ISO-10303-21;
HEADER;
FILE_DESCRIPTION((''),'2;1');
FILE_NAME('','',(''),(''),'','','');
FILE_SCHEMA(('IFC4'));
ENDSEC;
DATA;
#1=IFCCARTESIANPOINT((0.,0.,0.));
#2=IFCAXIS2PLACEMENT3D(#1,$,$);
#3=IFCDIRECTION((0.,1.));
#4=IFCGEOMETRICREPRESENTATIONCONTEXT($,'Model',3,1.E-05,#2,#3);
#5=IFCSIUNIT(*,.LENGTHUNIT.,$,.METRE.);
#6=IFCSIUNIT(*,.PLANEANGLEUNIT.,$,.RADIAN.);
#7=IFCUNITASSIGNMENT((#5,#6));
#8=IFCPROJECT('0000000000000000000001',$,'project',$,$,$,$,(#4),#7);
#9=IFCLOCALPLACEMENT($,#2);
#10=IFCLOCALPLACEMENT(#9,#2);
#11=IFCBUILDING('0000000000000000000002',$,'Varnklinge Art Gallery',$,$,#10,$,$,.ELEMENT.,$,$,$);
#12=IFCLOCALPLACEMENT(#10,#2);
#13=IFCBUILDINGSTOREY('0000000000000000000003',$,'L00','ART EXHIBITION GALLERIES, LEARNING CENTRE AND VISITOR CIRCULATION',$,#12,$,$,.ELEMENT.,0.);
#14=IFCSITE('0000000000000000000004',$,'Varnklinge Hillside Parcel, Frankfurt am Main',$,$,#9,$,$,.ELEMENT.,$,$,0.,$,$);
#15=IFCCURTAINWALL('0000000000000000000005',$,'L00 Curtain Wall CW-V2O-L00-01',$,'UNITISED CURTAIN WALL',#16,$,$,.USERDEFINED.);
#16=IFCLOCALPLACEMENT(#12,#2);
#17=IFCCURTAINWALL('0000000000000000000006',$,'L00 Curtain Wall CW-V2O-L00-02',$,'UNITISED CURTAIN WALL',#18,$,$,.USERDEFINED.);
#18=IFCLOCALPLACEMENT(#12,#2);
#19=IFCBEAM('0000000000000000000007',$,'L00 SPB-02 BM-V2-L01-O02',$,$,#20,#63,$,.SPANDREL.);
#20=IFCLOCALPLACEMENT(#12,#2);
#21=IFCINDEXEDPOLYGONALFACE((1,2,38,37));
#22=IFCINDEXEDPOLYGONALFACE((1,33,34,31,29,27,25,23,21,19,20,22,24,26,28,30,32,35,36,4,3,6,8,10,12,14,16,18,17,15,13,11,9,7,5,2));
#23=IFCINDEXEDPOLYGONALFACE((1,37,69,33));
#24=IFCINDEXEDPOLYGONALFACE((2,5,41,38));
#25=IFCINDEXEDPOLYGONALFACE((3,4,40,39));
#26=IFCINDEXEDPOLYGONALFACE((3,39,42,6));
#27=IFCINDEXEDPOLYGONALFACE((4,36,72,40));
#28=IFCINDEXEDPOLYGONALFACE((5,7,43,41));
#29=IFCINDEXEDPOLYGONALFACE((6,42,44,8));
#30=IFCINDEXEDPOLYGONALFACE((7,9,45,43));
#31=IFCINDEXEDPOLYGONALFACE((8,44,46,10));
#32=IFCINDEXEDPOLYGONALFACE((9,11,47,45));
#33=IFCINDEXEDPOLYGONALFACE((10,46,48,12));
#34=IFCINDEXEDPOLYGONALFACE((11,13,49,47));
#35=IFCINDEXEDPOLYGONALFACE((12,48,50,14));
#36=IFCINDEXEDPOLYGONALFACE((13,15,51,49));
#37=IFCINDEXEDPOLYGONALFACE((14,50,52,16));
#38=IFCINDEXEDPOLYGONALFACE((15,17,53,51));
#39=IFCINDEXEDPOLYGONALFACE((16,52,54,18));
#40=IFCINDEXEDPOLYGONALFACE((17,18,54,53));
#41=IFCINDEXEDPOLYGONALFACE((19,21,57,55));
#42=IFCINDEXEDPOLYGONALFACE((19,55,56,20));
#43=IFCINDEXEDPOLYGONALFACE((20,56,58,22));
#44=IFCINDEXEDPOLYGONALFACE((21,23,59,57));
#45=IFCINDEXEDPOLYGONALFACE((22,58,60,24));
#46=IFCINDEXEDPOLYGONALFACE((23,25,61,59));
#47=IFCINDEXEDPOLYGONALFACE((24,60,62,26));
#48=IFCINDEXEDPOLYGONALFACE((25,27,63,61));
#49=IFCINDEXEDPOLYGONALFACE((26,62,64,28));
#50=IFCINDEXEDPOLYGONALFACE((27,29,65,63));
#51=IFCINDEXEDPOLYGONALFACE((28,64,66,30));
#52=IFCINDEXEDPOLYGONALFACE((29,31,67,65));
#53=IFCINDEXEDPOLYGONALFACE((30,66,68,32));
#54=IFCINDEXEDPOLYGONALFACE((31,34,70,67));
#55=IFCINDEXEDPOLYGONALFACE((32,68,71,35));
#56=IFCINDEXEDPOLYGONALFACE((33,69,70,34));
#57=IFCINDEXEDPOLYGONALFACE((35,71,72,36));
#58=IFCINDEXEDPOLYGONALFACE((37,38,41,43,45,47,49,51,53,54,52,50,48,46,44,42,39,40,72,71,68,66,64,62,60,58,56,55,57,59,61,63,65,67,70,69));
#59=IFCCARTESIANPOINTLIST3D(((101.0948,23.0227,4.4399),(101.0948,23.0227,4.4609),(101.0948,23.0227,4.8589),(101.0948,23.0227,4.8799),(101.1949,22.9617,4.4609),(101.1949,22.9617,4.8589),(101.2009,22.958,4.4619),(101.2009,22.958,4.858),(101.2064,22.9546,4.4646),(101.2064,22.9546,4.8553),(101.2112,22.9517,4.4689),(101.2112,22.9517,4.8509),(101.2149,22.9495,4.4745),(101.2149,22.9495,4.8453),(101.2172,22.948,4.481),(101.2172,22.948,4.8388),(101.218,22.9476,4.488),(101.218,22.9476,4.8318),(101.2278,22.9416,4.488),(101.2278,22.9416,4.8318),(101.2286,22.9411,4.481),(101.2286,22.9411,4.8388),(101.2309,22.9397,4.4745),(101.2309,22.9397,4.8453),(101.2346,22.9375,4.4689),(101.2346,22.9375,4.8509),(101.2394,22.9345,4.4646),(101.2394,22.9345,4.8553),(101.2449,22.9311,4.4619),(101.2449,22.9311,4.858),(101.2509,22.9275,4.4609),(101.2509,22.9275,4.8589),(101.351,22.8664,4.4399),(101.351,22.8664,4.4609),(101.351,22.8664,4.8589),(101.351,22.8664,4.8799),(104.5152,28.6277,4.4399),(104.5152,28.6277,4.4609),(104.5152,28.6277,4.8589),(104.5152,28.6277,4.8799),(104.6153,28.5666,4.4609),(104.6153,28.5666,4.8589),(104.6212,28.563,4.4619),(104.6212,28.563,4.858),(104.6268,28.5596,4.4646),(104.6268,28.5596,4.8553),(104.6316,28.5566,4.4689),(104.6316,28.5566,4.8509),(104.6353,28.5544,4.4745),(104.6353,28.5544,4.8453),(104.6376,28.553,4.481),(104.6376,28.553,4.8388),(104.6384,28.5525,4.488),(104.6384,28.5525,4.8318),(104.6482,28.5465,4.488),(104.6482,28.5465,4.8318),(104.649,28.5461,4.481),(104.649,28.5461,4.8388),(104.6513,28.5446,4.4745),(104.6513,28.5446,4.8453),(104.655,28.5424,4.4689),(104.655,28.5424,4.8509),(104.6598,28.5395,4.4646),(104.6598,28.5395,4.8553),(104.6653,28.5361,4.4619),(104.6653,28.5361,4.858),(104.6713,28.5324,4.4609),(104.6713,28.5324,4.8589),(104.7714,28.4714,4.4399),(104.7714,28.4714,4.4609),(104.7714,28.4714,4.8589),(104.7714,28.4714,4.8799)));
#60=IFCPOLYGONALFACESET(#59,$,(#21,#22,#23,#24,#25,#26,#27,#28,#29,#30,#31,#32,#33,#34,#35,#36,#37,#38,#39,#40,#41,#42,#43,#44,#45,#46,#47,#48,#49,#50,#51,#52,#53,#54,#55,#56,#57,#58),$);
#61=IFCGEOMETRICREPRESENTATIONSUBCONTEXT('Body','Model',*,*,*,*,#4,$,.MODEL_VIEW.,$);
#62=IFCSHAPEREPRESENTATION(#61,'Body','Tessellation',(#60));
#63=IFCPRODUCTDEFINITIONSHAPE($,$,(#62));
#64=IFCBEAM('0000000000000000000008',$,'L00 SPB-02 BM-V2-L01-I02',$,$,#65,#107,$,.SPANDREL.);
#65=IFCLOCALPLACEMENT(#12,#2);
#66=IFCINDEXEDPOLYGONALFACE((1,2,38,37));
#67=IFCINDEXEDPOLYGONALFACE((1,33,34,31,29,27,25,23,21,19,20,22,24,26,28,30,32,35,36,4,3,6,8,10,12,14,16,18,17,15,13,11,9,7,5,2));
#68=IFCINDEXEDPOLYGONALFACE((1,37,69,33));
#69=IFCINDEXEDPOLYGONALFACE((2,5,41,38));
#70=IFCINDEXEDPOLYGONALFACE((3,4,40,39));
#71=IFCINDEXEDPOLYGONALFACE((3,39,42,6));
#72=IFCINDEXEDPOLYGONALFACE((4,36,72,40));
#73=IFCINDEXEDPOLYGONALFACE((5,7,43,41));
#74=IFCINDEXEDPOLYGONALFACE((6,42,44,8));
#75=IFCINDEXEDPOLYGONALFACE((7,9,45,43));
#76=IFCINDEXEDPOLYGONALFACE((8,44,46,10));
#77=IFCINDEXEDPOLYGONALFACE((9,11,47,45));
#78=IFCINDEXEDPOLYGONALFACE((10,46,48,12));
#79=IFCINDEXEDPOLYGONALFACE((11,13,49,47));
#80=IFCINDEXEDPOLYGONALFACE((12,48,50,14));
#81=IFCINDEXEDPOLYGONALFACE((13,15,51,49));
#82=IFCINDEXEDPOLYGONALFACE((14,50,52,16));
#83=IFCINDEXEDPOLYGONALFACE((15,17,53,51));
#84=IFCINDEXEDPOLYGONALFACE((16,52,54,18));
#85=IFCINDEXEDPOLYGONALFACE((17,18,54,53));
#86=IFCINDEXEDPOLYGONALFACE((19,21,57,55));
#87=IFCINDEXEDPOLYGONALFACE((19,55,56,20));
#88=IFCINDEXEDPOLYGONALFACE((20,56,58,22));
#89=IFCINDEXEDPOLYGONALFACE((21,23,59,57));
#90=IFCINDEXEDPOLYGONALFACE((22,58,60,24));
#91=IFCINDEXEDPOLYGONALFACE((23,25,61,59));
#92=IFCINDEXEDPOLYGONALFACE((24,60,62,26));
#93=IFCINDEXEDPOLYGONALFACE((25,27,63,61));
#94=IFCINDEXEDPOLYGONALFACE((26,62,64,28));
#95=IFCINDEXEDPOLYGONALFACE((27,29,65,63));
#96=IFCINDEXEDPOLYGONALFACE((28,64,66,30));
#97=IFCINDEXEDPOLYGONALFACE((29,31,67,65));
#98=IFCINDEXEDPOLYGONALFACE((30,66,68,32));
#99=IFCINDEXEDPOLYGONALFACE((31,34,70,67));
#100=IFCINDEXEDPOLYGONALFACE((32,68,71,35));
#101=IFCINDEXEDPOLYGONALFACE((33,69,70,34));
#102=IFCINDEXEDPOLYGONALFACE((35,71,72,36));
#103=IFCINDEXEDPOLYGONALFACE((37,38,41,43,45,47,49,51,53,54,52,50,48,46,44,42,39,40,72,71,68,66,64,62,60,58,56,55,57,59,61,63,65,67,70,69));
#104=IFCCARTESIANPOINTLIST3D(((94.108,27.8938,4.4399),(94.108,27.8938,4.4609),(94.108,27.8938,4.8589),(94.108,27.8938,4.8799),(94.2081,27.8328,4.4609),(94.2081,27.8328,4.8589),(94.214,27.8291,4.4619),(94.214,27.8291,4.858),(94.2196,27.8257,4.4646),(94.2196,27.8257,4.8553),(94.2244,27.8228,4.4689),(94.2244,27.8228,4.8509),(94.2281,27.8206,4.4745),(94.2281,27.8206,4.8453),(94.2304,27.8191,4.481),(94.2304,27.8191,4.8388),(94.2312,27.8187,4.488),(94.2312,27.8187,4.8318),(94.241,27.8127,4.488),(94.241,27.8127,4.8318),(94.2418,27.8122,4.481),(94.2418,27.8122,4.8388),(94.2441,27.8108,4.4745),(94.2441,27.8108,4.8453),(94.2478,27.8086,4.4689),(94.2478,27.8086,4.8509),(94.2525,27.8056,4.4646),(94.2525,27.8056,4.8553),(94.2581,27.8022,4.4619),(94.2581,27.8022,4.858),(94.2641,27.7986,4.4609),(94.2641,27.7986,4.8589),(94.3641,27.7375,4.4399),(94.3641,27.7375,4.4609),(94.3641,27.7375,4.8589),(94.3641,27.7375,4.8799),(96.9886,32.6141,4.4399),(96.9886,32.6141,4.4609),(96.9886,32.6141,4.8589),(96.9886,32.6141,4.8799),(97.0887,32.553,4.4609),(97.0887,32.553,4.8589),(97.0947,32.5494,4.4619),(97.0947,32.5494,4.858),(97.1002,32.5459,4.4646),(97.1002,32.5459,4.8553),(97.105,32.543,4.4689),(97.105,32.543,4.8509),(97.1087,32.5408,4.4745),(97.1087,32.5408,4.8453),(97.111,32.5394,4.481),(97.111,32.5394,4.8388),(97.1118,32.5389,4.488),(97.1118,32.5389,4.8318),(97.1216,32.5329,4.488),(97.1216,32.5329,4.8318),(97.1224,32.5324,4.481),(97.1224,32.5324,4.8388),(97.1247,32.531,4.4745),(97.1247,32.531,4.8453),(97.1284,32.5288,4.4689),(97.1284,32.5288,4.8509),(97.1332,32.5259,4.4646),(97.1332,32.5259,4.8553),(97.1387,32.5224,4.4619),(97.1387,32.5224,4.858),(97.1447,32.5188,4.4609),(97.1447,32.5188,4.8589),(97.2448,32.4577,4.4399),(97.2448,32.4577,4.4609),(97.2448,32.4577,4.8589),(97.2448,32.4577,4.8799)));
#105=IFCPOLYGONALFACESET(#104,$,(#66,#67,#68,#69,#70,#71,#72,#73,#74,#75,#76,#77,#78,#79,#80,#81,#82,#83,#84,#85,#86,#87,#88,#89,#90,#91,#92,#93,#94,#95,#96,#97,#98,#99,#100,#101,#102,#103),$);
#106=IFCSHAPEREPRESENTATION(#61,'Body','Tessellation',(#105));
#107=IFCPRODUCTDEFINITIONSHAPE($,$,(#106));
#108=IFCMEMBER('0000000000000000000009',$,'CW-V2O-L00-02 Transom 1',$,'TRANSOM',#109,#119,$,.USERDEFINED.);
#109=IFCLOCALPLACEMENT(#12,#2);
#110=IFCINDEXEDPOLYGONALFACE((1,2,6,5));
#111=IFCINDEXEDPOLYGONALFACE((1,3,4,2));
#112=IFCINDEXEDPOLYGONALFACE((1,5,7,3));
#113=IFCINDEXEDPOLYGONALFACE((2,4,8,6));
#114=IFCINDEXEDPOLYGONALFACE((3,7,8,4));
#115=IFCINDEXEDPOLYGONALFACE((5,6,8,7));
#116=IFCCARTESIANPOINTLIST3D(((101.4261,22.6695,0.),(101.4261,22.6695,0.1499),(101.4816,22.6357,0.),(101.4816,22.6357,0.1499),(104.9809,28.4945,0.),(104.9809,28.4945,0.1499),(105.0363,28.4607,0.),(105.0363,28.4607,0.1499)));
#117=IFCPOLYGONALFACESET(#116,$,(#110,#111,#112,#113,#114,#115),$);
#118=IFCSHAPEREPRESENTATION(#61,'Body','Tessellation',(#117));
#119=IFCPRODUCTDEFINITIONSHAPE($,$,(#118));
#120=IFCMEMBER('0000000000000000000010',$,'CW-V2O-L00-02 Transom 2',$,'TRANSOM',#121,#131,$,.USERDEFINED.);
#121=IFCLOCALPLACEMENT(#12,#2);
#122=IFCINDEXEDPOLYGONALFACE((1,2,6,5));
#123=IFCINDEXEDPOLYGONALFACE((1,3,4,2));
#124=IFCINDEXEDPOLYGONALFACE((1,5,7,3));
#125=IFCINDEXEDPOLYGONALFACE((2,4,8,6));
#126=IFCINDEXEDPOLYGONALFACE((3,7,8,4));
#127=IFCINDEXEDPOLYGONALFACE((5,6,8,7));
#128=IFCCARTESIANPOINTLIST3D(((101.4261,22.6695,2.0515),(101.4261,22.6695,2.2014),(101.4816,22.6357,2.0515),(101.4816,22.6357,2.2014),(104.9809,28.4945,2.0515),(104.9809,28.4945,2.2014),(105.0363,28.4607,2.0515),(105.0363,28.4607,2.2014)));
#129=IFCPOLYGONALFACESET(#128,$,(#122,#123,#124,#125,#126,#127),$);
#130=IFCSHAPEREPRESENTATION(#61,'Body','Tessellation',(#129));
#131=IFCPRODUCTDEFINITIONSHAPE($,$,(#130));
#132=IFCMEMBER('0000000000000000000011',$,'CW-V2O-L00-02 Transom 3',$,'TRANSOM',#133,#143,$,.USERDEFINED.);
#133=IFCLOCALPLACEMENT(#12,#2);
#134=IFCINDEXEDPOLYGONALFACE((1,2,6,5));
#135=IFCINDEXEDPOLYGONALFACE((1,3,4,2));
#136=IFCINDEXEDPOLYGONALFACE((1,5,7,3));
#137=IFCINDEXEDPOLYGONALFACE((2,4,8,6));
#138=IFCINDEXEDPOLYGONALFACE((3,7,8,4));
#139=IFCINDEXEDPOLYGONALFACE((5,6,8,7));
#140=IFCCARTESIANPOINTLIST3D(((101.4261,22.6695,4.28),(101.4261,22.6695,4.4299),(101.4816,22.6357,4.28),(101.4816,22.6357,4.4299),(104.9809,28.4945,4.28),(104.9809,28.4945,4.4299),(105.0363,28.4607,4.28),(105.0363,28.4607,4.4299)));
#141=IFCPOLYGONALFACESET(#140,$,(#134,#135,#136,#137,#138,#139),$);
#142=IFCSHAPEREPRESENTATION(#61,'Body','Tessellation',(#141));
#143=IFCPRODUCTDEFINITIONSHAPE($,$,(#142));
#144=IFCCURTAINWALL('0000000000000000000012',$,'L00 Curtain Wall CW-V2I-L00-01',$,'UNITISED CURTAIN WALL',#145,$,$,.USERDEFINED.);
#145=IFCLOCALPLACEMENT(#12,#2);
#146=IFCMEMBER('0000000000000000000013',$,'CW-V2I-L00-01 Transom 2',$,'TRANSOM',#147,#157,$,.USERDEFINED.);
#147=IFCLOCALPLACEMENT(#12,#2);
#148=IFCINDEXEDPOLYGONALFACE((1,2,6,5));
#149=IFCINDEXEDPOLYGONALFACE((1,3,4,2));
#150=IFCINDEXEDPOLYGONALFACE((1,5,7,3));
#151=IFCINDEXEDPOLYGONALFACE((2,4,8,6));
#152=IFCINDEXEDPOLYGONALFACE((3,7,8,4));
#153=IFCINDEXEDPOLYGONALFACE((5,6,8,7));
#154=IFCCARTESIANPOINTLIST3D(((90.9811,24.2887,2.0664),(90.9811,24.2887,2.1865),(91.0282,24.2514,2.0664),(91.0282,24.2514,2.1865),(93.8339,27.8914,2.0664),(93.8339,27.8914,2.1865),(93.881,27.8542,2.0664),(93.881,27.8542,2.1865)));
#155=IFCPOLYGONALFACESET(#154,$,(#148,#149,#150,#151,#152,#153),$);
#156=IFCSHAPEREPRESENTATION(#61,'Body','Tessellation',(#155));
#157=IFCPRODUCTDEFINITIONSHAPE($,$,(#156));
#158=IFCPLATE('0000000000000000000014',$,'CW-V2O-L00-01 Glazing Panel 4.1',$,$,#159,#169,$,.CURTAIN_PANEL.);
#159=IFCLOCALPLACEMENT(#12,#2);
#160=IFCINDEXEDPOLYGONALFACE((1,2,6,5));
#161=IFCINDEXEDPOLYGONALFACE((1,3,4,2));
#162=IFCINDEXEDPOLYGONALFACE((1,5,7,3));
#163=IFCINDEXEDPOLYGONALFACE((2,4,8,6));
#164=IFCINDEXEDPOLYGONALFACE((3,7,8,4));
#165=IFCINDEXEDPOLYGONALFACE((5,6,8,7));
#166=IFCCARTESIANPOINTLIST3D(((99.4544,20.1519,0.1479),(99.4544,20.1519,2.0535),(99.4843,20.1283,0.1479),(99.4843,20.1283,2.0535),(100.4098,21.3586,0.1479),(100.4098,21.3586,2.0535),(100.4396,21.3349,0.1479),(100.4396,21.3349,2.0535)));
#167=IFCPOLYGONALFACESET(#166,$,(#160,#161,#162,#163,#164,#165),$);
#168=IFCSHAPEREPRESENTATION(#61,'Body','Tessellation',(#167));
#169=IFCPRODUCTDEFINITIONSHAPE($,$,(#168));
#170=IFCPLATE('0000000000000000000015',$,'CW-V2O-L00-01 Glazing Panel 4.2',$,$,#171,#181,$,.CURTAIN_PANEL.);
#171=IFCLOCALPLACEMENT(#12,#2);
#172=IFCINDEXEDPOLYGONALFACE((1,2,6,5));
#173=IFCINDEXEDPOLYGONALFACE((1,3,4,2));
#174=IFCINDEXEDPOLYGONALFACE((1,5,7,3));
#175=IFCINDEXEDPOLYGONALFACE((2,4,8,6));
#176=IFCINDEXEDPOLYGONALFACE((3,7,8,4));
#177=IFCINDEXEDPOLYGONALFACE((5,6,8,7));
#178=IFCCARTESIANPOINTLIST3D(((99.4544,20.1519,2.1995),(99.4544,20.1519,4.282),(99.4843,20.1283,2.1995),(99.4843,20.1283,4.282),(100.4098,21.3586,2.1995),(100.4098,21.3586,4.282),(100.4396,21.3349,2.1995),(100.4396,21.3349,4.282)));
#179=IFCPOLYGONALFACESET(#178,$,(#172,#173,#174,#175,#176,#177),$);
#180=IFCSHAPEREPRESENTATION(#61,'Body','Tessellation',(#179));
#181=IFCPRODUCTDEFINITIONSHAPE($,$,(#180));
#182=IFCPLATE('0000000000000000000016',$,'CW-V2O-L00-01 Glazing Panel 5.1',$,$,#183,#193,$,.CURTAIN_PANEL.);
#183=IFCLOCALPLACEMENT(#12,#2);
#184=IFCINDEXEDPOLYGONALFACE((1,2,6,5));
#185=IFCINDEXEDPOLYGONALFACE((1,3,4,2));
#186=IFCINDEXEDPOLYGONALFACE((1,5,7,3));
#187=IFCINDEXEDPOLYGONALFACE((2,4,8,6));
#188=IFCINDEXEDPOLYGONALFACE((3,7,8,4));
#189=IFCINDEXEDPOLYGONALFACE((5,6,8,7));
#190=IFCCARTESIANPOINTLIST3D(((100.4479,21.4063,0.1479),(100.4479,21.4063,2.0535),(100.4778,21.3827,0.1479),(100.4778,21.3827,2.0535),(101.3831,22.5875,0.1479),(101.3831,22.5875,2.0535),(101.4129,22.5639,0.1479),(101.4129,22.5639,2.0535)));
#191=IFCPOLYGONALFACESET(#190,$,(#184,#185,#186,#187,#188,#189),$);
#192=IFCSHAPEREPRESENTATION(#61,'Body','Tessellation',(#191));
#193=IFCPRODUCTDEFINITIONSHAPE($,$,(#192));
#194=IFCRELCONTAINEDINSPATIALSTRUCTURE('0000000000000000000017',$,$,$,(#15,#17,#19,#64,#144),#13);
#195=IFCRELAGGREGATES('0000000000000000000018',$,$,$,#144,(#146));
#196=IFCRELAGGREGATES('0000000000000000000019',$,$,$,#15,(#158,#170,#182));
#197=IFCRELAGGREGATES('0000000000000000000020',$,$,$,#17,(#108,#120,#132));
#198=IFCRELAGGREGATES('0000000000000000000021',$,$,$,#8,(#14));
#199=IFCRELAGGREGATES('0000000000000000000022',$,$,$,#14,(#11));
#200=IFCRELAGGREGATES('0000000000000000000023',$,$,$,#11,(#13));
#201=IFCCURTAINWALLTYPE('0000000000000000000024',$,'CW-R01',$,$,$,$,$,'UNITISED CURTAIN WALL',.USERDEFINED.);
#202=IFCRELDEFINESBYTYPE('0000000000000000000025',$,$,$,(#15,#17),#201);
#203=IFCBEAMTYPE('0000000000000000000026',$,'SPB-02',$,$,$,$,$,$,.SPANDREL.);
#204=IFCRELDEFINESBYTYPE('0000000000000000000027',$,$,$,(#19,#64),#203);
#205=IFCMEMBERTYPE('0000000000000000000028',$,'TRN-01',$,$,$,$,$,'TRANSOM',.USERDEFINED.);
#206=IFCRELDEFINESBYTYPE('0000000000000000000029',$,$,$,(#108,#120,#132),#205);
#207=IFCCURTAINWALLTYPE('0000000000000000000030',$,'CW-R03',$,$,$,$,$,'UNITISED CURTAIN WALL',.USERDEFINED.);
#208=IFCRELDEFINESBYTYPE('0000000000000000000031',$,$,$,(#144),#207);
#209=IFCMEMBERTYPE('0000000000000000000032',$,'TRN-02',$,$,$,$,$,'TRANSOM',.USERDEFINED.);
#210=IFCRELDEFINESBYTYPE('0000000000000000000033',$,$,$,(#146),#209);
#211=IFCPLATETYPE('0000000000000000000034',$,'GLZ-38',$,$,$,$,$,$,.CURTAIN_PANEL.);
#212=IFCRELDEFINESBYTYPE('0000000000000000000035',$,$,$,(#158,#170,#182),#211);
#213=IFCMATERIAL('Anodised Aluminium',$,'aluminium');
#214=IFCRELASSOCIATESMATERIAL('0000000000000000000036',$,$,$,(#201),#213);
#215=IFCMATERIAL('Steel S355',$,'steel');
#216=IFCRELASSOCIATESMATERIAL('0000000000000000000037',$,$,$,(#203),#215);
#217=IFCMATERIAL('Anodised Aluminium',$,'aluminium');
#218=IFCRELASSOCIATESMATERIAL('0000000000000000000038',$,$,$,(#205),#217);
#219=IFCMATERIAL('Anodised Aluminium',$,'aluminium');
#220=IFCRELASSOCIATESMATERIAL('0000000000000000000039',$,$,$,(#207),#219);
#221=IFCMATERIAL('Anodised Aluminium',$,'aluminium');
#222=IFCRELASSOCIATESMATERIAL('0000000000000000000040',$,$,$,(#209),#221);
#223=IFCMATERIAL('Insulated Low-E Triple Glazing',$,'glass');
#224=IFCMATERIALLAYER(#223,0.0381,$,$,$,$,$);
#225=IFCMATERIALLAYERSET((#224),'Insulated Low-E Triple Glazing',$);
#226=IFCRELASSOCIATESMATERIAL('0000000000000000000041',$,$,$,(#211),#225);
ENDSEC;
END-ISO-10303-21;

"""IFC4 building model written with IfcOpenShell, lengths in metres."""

from ifc_helpers import new_model, si_unit, direction, frame, origin, origin_2d, place, context, subcontext, project, spatial, rectangle, i_section, extrude, material, layer, layer_set, material_profile, profile_set, type_object, element, aggregate, save


model = new_model("IFC4")

# Units and contexts
model_context = context("Model", 3, precision=1e-05, world=origin(), true_north=direction((0.0, 1.0)))
body_context = subcontext(model_context, "Body", "Model", "MODEL_VIEW")
ifc_project = project(units=[si_unit("LENGTHUNIT", "METRE"), si_unit("PLANEANGLEUNIT", "RADIAN")], contexts=[model_context])

# Site, building, storey
site_placement = place(None, origin())
site = spatial("IfcSite", under=ifc_project, at=site_placement, Name="Varnklinge Hillside Parcel, Frankfurt am Main", CompositionType="ELEMENT", RefElevation=0.0)
building_placement = place(site_placement, origin())
building = spatial("IfcBuilding", under=site, at=building_placement, Name="Varnklinge Art Gallery", CompositionType="ELEMENT")
storey_placement = place(building_placement, origin())
storey = spatial("IfcBuildingStorey", under=building, at=storey_placement, Name="L00", Description="ART EXHIBITION GALLERIES, LEARNING CENTRE AND VISITOR CIRCULATION", CompositionType="ELEMENT", Elevation=0.0)

# Curtain walls
ifc_material_1 = material(Name="Anodised Aluminium", Category="aluminium")
curtain_wall_type_1 = type_object("IfcCurtainWallType", Name="CW-R01", ElementType="UNITISED CURTAIN WALL", PredefinedType="USERDEFINED", material=ifc_material_1)
curtain_wall_1_placement = place(storey_placement, origin())
curtain_wall_1 = element("IfcCurtainWall", 1, at=curtain_wall_1_placement, inside=storey, type_object=curtain_wall_type_1, Name="L00 Curtain Wall CW-V2O-L00-01", ObjectType="UNITISED CURTAIN WALL", PredefinedType="USERDEFINED")
curtain_wall_2_placement = place(storey_placement, origin())
curtain_wall_2 = element("IfcCurtainWall", 2, at=curtain_wall_2_placement, inside=storey, type_object=curtain_wall_type_1, Name="L00 Curtain Wall CW-V2O-L00-02", ObjectType="UNITISED CURTAIN WALL", PredefinedType="USERDEFINED")

# Beams
ifc_material_2 = material(Name="Steel S355", Category="steel")
ifc_material_profile_1 = material_profile(ifc_material_2, i_section(OverallWidth=0.3, OverallDepth=0.4399, WebThickness=0.0115, FlangeThickness=0.021, FilletRadius=0.0271, at=origin_2d()), Name="HEA 450")
ifc_profile_set_1 = profile_set([ifc_material_profile_1], Name="Steel S355")
beam_type_1 = type_object("IfcBeamType", Name="SPB-02", PredefinedType="SPANDREL", material=ifc_profile_set_1)
beam_1_placement = place(storey_placement, frame((101.2229, 22.9446, 4.6599), z_axis=(0.520911, 0.853611, 0.0), x_axis=(-0.853611, 0.520911, 0.0)))
element("IfcBeam", 3, at=beam_1_placement, inside=storey, type_object=beam_type_1, Name="L00 SPB-02 BM-V2-L01-O02", PredefinedType="SPANDREL", context=body_context, shape_type="SweptSolid", body=[
    extrude(i_section(OverallWidth=0.3, OverallDepth=0.4399, WebThickness=0.0115, FlangeThickness=0.021, FilletRadius=0.0271, at=origin_2d()), origin(), (0.0, 0.0, 1.0), 6.5662),
])
beam_2_placement = place(storey_placement, frame((94.2361, 27.8157, 4.6599), z_axis=(0.520928, 0.8536, 0.0), x_axis=(-0.8536, 0.520928, 0.0)))
element("IfcBeam", 4, at=beam_2_placement, inside=storey, type_object=beam_type_1, Name="L00 SPB-02 BM-V2-L01-I02", PredefinedType="SPANDREL", context=body_context, shape_type="SweptSolid", body=[
    extrude(i_section(OverallWidth=0.3, OverallDepth=0.4399, WebThickness=0.0115, FlangeThickness=0.021, FilletRadius=0.0271, at=origin_2d()), origin(), (0.0, 0.0, 1.0), 5.5298),
])

# Members
ifc_material_3 = material(Name="Anodised Aluminium", Category="aluminium")
ifc_material_profile_2 = material_profile(ifc_material_3, rectangle(XDim=0.0649, YDim=0.1499, at=origin_2d()), Name="ALU 65x150")
ifc_profile_set_2 = profile_set([ifc_material_profile_2], Name="Anodised Aluminium")
member_type_1 = type_object("IfcMemberType", Name="TRN-01", ElementType="TRANSOM", PredefinedType="USERDEFINED", material=ifc_profile_set_2)
member_1_placement = place(storey_placement, frame((101.4539, 22.6526, 0.075), z_axis=(0.520916, 0.853608, 0.0), x_axis=(-0.853608, 0.520916, 0.0)))
member_1 = element("IfcMember", 5, at=member_1_placement, type_object=member_type_1, Name="CW-V2O-L00-02 Transom 1", ObjectType="TRANSOM", PredefinedType="USERDEFINED", context=body_context, shape_type="SweptSolid", body=[
    extrude(rectangle(XDim=0.0649, YDim=0.1499, at=origin_2d()), origin(), (0.0, 0.0, 1.0), 6.824),
])
member_2_placement = place(storey_placement, frame((101.4539, 22.6526, 2.1265), z_axis=(0.520916, 0.853608, 0.0), x_axis=(-0.853608, 0.520916, 0.0)))
member_2 = element("IfcMember", 6, at=member_2_placement, type_object=member_type_1, Name="CW-V2O-L00-02 Transom 2", ObjectType="TRANSOM", PredefinedType="USERDEFINED", context=body_context, shape_type="SweptSolid", body=[
    extrude(rectangle(XDim=0.0649, YDim=0.1499, at=origin_2d()), origin(), (0.0, 0.0, 1.0), 6.824),
])
member_3_placement = place(storey_placement, frame((101.4539, 22.6526, 4.355), z_axis=(0.520916, 0.853608, 0.0), x_axis=(-0.853608, 0.520916, 0.0)))
member_3 = element("IfcMember", 7, at=member_3_placement, type_object=member_type_1, Name="CW-V2O-L00-02 Transom 3", ObjectType="TRANSOM", PredefinedType="USERDEFINED", context=body_context, shape_type="SweptSolid", body=[
    extrude(rectangle(XDim=0.0649, YDim=0.1499, at=origin_2d()), origin(), (0.0, 0.0, 1.0), 6.824),
])

# Curtain wall, member
ifc_material_4 = material(Name="Anodised Aluminium", Category="aluminium")
curtain_wall_type_2 = type_object("IfcCurtainWallType", Name="CW-R03", ElementType="UNITISED CURTAIN WALL", PredefinedType="USERDEFINED", material=ifc_material_4)
curtain_wall_3_placement = place(storey_placement, origin())
curtain_wall_3 = element("IfcCurtainWall", 8, at=curtain_wall_3_placement, inside=storey, type_object=curtain_wall_type_2, Name="L00 Curtain Wall CW-V2I-L00-01", ObjectType="UNITISED CURTAIN WALL", PredefinedType="USERDEFINED")
ifc_material_5 = material(Name="Anodised Aluminium", Category="aluminium")
ifc_material_profile_3 = material_profile(ifc_material_5, rectangle(XDim=0.0601, YDim=0.1201, at=origin_2d()), Name="ALU 60x120")
ifc_profile_set_3 = profile_set([ifc_material_profile_3], Name="Anodised Aluminium")
member_type_2 = type_object("IfcMemberType", Name="TRN-02", ElementType="TRANSOM", PredefinedType="USERDEFINED", material=ifc_profile_set_3)
member_4_placement = place(storey_placement, frame((93.8574, 27.8728, 2.1265), z_axis=(-0.620781, -0.783984, 0.0), x_axis=(0.783984, -0.620781, 0.0)))
member_4 = element("IfcMember", 9, at=member_4_placement, type_object=member_type_2, Name="CW-V2I-L00-01 Transom 2", ObjectType="TRANSOM", PredefinedType="USERDEFINED", context=body_context, shape_type="SweptSolid", body=[
    extrude(rectangle(XDim=0.0601, YDim=0.1201, at=origin_2d()), origin(), (0.0, 0.0, 1.0), 4.5955),
])
aggregate(curtain_wall_3, [member_4])

# Plates
ifc_material_6 = material(Name="Insulated Low-E Triple Glazing", Category="glass")
ifc_layer_1 = layer(ifc_material_6, 0.0381)
ifc_layer_set_1 = layer_set([ifc_layer_1], Name="Insulated Low-E Triple Glazing")
plate_type = type_object("IfcPlateType", Name="GLZ-38", PredefinedType="CURTAIN_PANEL", material=ifc_layer_set_1)
plate_1_placement = place(storey_placement, frame((99.947, 20.7434, 0.1479), z_axis=(0.0, 0.0, 1.0), x_axis=(0.620737, 0.784019, 0.0)))
plate_1 = element("IfcPlate", 10, at=plate_1_placement, type_object=plate_type, Name="CW-V2O-L00-01 Glazing Panel 4.1", PredefinedType="CURTAIN_PANEL", context=body_context, shape_type="SweptSolid", body=[
    extrude(rectangle(XDim=1.5391, YDim=0.0381, at=origin_2d()), origin(), (0.0, 0.0, 1.0), 1.9055),
])
plate_2_placement = place(storey_placement, frame((99.947, 20.7434, 2.1995), z_axis=(0.0, 0.0, 1.0), x_axis=(0.620737, 0.784019, 0.0)))
plate_2 = element("IfcPlate", 11, at=plate_2_placement, type_object=plate_type, Name="CW-V2O-L00-01 Glazing Panel 4.2", PredefinedType="CURTAIN_PANEL", context=body_context, shape_type="SweptSolid", body=[
    extrude(rectangle(XDim=1.5391, YDim=0.0381, at=origin_2d()), origin(), (0.0, 0.0, 1.0), 2.0825),
])
plate_3_placement = place(storey_placement, frame((100.9304, 21.9851, 0.1479), z_axis=(0.0, 0.0, 1.0), x_axis=(0.620737, 0.784019, 0.0)))
plate_3 = element("IfcPlate", 12, at=plate_3_placement, type_object=plate_type, Name="CW-V2O-L00-01 Glazing Panel 5.1", PredefinedType="CURTAIN_PANEL", context=body_context, shape_type="SweptSolid", body=[
    extrude(rectangle(XDim=1.5066, YDim=0.0381, at=origin_2d()), origin(), (0.0, 0.0, 1.0), 1.9055),
])
aggregate(curtain_wall_1, [plate_1, plate_2, plate_3])
aggregate(curtain_wall_2, [member_1, member_2, member_3])

save(model, "model.ifc")
